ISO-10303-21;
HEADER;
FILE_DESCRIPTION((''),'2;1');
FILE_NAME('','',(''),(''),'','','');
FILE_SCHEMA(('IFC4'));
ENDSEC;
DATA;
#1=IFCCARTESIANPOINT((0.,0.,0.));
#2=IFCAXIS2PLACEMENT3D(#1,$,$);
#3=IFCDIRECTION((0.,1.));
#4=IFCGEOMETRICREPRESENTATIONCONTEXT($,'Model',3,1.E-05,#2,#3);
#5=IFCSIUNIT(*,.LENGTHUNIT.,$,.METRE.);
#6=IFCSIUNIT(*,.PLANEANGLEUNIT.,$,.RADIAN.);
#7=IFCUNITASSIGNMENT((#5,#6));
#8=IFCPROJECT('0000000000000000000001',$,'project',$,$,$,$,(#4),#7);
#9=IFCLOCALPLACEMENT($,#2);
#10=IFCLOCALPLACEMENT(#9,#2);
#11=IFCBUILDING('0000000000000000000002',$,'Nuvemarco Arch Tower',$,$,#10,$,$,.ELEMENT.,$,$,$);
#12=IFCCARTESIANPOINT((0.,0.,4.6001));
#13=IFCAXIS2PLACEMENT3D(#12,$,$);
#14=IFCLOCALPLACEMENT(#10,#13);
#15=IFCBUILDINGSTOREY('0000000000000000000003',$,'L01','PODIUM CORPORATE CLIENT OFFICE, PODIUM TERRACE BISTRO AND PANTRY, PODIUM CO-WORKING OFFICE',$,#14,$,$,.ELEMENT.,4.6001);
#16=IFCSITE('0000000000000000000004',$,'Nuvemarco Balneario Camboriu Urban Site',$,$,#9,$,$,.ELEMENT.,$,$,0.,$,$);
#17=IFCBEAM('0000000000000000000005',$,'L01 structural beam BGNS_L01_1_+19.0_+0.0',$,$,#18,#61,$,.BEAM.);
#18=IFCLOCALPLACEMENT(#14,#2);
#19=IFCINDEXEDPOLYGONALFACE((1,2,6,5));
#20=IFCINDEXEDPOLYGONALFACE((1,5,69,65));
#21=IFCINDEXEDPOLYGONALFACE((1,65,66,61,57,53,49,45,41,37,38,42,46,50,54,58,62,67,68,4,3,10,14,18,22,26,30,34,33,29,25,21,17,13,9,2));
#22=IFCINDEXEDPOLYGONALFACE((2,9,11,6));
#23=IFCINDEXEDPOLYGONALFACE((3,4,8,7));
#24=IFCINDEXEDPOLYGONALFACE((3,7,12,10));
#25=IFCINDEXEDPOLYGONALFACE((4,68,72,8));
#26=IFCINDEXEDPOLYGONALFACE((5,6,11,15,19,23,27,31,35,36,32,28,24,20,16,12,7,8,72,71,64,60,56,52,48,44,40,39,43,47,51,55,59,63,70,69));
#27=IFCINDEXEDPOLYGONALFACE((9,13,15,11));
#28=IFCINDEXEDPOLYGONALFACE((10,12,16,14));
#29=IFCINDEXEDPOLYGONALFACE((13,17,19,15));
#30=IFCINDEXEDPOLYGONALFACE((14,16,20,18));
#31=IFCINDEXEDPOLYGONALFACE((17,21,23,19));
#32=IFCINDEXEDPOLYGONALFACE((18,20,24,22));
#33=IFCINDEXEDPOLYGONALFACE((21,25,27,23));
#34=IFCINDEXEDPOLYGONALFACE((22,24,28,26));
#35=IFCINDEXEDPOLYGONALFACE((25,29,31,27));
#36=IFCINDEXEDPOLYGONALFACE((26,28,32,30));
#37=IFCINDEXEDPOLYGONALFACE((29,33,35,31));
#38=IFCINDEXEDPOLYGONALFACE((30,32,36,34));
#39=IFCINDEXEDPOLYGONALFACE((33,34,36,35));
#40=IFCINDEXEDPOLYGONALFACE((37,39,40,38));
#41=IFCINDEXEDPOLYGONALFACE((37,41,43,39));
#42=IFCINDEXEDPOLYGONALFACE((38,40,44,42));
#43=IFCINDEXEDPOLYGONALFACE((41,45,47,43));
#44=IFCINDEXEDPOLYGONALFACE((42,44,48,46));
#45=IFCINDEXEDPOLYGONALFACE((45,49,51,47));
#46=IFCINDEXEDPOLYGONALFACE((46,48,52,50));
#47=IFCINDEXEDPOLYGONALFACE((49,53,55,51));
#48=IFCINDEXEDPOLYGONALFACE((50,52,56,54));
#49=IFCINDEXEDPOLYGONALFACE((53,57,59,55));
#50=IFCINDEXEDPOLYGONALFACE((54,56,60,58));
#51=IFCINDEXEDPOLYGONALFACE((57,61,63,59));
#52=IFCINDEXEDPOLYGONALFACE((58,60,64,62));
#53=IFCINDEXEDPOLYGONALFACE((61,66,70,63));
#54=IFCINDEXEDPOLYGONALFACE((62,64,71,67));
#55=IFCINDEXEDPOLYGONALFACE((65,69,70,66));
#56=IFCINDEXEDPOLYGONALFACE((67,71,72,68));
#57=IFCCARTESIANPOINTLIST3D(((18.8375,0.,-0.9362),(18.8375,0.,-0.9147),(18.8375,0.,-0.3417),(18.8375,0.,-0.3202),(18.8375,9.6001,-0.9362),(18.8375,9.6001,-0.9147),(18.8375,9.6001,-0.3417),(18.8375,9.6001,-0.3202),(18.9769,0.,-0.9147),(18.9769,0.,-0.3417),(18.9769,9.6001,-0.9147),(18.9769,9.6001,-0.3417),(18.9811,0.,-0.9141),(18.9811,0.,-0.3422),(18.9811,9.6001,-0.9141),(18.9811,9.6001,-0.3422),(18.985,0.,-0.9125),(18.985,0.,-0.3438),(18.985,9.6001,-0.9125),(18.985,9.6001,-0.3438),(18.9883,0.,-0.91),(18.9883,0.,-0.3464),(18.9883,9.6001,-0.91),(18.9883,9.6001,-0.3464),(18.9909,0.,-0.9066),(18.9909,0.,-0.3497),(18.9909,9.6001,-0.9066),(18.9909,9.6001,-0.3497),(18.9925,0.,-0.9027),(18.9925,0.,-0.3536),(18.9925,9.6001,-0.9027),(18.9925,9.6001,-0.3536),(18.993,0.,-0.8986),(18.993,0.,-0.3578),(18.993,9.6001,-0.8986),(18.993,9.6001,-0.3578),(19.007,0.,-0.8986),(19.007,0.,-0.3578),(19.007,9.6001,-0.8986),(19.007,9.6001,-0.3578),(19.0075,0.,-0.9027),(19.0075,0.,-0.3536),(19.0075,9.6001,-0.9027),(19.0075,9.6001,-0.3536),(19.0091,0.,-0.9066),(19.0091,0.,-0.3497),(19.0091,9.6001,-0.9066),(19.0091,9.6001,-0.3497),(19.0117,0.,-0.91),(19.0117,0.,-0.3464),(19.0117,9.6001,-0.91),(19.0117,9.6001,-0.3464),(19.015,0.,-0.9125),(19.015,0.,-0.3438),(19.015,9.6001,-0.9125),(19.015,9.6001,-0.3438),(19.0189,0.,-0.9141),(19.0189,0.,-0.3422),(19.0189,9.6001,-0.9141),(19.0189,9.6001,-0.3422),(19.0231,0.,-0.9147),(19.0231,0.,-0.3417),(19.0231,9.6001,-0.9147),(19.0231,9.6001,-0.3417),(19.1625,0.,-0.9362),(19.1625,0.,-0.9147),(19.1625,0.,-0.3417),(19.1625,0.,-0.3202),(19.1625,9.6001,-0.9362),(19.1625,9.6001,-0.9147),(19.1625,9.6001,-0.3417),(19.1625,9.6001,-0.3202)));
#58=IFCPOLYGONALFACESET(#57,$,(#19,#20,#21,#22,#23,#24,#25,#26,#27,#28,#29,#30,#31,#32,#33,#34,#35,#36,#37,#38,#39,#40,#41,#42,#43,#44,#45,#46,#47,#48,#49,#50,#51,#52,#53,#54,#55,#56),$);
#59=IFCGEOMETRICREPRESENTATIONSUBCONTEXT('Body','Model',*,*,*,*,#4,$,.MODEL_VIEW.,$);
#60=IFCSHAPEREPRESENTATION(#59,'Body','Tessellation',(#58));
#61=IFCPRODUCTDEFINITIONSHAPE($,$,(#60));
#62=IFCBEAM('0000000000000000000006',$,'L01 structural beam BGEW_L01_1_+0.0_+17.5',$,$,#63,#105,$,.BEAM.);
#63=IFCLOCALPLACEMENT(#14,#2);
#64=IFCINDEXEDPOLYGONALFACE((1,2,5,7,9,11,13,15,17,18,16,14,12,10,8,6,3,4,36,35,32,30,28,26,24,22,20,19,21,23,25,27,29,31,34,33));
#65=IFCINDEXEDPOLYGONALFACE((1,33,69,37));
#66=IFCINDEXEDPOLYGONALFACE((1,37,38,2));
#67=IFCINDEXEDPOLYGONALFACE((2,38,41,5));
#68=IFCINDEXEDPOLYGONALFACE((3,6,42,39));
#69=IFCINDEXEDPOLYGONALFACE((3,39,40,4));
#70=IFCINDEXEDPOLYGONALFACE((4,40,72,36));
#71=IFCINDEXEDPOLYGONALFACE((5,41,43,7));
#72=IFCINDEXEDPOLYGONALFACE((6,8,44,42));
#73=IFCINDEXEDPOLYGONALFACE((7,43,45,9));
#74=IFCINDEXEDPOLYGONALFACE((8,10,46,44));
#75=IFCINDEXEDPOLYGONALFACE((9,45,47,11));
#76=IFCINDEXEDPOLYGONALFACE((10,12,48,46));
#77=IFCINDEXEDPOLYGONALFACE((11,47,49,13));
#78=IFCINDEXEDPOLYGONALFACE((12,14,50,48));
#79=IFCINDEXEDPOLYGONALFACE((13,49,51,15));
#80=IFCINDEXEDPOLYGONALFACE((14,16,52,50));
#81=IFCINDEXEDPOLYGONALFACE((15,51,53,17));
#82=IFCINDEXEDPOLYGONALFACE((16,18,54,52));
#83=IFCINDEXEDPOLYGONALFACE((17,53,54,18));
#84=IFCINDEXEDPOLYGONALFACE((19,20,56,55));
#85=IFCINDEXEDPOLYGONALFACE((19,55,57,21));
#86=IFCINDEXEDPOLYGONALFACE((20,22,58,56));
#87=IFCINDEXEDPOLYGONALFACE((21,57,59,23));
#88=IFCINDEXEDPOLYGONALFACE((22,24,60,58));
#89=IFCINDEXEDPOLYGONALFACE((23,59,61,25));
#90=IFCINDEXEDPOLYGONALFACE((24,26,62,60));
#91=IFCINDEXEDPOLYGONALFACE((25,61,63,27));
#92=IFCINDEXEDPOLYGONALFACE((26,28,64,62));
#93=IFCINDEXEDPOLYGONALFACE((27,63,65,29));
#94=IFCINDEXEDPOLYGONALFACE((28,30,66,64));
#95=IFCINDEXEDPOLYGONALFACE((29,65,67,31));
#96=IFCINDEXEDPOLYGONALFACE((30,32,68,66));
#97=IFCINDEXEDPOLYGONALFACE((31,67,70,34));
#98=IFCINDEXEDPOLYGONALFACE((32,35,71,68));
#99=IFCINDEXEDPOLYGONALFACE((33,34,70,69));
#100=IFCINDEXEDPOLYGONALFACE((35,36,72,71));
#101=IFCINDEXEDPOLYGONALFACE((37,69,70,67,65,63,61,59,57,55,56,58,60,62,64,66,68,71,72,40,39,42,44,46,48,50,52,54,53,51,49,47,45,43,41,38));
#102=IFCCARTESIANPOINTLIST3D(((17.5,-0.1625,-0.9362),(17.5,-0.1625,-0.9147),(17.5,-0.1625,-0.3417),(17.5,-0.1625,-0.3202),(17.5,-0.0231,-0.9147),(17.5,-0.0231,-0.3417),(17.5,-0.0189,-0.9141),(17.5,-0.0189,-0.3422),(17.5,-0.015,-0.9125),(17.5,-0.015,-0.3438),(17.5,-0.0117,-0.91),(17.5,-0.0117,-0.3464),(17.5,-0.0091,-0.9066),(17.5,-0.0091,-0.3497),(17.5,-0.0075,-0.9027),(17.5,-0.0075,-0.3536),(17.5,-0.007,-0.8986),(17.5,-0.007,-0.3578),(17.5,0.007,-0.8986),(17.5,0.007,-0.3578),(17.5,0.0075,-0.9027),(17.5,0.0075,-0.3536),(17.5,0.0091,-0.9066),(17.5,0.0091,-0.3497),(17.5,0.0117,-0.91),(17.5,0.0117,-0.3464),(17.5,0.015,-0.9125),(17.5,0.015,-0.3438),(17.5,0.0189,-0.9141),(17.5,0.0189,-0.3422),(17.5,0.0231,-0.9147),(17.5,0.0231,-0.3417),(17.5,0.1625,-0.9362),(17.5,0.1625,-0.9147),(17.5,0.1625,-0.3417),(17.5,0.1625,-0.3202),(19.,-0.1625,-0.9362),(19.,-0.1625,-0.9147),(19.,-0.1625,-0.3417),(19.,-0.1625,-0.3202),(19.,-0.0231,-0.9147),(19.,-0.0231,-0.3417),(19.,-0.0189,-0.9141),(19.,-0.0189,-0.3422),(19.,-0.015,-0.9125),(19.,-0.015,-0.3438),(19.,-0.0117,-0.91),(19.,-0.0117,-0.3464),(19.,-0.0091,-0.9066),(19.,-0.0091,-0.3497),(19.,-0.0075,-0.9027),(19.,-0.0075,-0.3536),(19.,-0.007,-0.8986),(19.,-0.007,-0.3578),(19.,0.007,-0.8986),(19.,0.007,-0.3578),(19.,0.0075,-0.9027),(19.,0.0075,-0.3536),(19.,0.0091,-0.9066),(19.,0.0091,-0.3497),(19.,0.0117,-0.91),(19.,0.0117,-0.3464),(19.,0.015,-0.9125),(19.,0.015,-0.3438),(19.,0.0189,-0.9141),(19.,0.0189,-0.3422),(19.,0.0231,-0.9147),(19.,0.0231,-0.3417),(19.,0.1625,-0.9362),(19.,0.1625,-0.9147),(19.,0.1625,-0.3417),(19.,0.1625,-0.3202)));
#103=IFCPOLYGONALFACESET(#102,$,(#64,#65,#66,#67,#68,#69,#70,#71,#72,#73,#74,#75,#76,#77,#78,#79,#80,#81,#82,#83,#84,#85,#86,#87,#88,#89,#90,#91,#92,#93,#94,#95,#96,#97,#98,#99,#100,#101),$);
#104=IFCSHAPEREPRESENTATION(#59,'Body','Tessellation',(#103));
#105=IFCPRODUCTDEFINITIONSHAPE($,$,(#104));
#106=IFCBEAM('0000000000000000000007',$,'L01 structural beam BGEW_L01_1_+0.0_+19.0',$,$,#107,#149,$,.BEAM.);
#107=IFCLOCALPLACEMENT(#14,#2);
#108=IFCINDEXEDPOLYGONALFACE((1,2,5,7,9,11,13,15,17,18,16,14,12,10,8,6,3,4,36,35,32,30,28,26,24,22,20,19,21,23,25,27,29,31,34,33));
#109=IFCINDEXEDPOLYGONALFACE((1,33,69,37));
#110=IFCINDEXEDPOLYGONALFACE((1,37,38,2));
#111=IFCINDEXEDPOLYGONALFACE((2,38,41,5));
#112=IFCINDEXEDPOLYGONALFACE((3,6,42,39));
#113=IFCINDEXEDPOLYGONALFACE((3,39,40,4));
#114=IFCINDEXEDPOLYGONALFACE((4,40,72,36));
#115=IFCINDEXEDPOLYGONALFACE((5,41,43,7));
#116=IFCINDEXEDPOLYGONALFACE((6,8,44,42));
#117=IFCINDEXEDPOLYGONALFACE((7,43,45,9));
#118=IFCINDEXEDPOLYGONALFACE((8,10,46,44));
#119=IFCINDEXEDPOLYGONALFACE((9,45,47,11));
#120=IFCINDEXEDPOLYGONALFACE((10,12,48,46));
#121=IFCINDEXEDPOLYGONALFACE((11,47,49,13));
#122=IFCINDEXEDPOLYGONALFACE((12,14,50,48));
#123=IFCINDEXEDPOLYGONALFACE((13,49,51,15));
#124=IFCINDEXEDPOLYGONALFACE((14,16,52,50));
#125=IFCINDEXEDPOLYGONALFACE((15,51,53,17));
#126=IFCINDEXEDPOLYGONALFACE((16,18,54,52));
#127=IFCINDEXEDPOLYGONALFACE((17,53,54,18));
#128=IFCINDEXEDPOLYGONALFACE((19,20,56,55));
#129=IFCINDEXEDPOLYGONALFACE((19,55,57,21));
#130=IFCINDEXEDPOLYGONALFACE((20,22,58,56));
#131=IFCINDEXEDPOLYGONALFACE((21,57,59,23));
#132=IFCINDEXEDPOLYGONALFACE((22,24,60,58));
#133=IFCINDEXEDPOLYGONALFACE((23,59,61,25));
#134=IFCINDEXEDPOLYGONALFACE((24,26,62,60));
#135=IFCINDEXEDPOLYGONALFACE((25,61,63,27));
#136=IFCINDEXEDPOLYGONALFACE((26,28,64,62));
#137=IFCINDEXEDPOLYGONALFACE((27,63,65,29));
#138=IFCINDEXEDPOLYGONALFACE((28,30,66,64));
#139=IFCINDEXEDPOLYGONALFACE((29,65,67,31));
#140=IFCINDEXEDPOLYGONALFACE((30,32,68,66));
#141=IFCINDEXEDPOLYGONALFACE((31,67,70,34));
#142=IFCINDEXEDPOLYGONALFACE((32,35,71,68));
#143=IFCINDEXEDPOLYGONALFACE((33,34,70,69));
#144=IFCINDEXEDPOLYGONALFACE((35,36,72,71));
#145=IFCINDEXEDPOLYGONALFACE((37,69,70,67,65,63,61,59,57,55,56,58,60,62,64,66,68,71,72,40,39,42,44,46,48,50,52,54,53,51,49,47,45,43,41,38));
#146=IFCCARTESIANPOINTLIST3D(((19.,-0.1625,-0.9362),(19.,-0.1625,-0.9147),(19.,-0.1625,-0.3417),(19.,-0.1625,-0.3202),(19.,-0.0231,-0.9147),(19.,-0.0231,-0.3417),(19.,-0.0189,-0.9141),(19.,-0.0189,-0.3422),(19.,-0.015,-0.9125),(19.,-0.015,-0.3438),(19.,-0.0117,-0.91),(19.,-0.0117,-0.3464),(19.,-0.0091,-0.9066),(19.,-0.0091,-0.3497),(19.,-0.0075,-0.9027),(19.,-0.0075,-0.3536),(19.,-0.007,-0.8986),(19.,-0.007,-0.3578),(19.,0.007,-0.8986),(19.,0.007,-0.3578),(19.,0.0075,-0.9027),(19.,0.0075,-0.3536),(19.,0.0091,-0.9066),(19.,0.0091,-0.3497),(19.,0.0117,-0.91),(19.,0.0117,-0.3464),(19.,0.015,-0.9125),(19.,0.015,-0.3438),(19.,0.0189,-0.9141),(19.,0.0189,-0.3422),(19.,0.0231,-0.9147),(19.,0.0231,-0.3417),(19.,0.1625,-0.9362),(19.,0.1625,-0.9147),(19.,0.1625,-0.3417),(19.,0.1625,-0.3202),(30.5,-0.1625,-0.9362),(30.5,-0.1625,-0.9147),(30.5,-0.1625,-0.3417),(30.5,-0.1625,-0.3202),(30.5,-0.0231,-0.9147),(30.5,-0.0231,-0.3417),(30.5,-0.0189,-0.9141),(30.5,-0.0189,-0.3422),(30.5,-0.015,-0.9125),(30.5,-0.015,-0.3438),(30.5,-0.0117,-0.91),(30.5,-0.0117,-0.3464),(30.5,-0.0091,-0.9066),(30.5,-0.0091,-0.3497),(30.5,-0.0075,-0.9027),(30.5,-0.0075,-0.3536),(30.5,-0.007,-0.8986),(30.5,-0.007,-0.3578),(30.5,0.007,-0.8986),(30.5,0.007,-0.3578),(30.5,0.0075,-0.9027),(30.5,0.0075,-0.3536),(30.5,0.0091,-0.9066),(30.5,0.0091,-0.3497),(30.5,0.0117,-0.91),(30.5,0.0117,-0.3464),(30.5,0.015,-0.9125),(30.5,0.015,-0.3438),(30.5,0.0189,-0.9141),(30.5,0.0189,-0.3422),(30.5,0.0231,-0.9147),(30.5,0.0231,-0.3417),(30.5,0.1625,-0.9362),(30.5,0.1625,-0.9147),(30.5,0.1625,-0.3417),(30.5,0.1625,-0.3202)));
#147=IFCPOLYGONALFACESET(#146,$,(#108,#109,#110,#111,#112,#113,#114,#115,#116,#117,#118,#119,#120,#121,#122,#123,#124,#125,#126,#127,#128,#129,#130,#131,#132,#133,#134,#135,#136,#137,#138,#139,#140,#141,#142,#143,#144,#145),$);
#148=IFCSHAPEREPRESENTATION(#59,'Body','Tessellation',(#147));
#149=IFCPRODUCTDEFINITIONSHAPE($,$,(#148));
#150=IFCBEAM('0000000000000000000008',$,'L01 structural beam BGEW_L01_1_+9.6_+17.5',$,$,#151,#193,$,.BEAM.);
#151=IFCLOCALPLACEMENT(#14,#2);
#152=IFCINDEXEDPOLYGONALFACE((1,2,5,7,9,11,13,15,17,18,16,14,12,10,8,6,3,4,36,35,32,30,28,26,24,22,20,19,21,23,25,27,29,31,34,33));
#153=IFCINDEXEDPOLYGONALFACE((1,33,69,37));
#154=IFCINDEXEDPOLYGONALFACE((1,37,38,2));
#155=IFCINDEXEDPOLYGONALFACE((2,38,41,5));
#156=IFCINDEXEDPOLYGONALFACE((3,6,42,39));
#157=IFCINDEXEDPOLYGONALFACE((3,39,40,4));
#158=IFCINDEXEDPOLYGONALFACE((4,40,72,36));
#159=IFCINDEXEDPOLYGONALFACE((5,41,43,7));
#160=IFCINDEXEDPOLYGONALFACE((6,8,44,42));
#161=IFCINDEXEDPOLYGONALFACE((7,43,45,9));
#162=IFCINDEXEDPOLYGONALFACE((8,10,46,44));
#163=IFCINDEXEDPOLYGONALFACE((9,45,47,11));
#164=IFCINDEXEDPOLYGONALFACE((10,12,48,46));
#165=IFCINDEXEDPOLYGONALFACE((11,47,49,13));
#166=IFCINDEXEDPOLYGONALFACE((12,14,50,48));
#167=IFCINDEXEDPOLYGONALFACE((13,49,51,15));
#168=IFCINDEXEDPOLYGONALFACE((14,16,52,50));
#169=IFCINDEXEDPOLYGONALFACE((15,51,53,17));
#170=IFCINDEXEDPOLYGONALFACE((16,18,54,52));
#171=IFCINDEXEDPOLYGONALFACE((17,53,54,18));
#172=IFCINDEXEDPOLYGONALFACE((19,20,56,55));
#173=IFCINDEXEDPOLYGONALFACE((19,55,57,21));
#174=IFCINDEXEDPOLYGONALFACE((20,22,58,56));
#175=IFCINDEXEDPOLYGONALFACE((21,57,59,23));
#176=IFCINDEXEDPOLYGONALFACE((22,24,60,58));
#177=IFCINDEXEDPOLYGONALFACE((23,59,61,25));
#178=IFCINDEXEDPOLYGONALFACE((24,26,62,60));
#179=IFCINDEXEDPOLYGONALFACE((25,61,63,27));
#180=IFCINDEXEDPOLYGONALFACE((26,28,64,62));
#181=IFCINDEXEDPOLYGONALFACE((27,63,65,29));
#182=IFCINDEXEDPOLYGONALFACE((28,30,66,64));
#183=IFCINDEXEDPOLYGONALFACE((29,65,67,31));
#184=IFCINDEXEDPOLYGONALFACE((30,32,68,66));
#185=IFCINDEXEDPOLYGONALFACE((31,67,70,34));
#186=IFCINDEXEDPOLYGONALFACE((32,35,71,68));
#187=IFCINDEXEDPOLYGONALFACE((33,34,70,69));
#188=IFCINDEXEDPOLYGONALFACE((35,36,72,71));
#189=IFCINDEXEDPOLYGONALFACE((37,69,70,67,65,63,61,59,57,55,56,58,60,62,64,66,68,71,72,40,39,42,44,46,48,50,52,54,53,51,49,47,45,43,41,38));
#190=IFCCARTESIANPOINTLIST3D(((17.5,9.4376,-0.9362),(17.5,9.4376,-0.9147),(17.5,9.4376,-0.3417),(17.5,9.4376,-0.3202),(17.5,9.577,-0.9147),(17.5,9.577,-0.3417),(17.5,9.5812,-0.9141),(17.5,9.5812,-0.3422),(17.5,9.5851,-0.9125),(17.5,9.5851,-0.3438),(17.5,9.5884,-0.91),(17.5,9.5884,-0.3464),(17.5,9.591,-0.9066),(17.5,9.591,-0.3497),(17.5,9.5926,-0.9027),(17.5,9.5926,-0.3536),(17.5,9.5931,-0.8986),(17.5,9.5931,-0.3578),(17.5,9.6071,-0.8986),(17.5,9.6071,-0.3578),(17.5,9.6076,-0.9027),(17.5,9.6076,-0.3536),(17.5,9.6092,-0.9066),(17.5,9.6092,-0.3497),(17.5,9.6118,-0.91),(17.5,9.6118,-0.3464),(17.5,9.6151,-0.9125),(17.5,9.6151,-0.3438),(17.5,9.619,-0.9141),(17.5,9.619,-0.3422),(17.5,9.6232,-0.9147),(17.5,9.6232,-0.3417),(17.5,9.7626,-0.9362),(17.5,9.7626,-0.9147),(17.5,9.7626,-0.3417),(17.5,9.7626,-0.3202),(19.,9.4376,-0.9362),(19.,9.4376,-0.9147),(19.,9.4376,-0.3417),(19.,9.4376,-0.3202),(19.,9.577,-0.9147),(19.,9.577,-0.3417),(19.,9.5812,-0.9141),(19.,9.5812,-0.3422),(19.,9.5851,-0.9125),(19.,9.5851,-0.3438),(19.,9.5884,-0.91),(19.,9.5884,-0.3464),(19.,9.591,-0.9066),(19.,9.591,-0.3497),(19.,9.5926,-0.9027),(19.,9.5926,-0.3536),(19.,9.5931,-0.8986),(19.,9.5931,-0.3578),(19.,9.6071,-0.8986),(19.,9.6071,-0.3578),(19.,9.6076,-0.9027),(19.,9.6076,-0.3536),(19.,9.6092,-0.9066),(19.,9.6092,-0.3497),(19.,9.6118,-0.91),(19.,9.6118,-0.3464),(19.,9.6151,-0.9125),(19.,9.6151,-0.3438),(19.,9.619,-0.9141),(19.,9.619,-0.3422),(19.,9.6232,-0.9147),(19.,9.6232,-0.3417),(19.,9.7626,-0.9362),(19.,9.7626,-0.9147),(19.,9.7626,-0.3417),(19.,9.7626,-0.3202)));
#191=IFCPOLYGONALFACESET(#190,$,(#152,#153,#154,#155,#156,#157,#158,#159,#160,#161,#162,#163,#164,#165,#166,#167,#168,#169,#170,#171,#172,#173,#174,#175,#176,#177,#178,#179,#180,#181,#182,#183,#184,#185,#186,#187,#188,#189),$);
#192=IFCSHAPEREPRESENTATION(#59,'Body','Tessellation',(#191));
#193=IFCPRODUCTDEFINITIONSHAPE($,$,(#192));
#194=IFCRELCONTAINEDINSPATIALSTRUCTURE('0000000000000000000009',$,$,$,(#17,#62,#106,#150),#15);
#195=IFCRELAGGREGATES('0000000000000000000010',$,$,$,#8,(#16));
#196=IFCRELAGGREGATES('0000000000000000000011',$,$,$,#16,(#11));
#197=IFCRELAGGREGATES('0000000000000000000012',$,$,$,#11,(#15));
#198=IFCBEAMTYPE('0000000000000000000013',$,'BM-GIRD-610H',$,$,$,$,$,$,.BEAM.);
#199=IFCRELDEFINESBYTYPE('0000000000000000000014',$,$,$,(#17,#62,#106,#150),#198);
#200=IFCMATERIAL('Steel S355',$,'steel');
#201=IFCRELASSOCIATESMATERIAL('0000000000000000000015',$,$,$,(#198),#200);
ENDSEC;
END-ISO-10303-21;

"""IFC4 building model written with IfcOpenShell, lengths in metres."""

from ifc_helpers import new_model, si_unit, direction, frame, origin, origin_2d, place, context, subcontext, project, spatial, i_section, extrude, material, material_profile, profile_set, type_object, element, save


model = new_model("IFC4")

# Units and contexts
model_context = context("Model", 3, precision=1e-05, world=origin(), true_north=direction((0.0, 1.0)))
body_context = subcontext(model_context, "Body", "Model", "MODEL_VIEW")
ifc_project = project(units=[si_unit("LENGTHUNIT", "METRE"), si_unit("PLANEANGLEUNIT", "RADIAN")], contexts=[model_context])

# Site, building, storey
site_placement = place(None, origin())
site = spatial("IfcSite", under=ifc_project, at=site_placement, Name="Nuvemarco Balneario Camboriu Urban Site", CompositionType="ELEMENT", RefElevation=0.0)
building_placement = place(site_placement, origin())
building = spatial("IfcBuilding", under=site, at=building_placement, Name="Nuvemarco Arch Tower", CompositionType="ELEMENT")
storey_placement = place(building_placement, frame((0.0, 0.0, 4.6001)))
storey = spatial("IfcBuildingStorey", under=building, at=storey_placement, Name="L01", Description="PODIUM CORPORATE CLIENT OFFICE, PODIUM TERRACE BISTRO AND PANTRY, PODIUM CO-WORKING OFFICE", CompositionType="ELEMENT", Elevation=4.6001)

# Beams
ifc_material_1 = material(Name="Steel S355", Category="steel")
ifc_material_profile_1 = material_profile(ifc_material_1, i_section(OverallWidth=0.325, OverallDepth=0.616, WebThickness=0.0139, FlangeThickness=0.0215, FilletRadius=0.0161, at=origin_2d()), Name="W610x174")
ifc_profile_set_1 = profile_set([ifc_material_profile_1], Name="Steel S355")
beam_type_1 = type_object("IfcBeamType", Name="BM-GIRD-610H", PredefinedType="BEAM", material=ifc_profile_set_1)
beam_1_placement = place(storey_placement, frame((19.0, 0.0, -0.6282), z_axis=(0.0, 1.0, 0.0), x_axis=(-1.0, 0.0, 0.0)))
element("IfcBeam", 1, at=beam_1_placement, inside=storey, type_object=beam_type_1, Name="L01 structural beam BGNS_L01_1_+19.0_+0.0", PredefinedType="BEAM", context=body_context, shape_type="SweptSolid", body=[
    extrude(i_section(OverallWidth=0.325, OverallDepth=0.616, WebThickness=0.0139, FlangeThickness=0.0215, FilletRadius=0.0161, at=origin_2d()), origin(), (0.0, 0.0, 1.0), 9.6001),
])
beam_2_placement = place(storey_placement, frame((17.5, 0.0, -0.6282), z_axis=(1.0, 0.0, 0.0), x_axis=(0.0, 1.0, 0.0)))
element("IfcBeam", 2, at=beam_2_placement, inside=storey, type_object=beam_type_1, Name="L01 structural beam BGEW_L01_1_+0.0_+17.5", PredefinedType="BEAM", context=body_context, shape_type="SweptSolid", body=[
    extrude(i_section(OverallWidth=0.325, OverallDepth=0.616, WebThickness=0.0139, FlangeThickness=0.0215, FilletRadius=0.0161, at=origin_2d()), origin(), (0.0, 0.0, 1.0), 1.5),
])
beam_3_placement = place(storey_placement, frame((19.0, 0.0, -0.6282), z_axis=(1.0, 0.0, 0.0), x_axis=(0.0, 1.0, 0.0)))
element("IfcBeam", 3, at=beam_3_placement, inside=storey, type_object=beam_type_1, Name="L01 structural beam BGEW_L01_1_+0.0_+19.0", PredefinedType="BEAM", context=body_context, shape_type="SweptSolid", body=[
    extrude(i_section(OverallWidth=0.325, OverallDepth=0.616, WebThickness=0.0139, FlangeThickness=0.0215, FilletRadius=0.0161, at=origin_2d()), origin(), (0.0, 0.0, 1.0), 11.5),
])
beam_4_placement = place(storey_placement, frame((17.5, 9.6001, -0.6282), z_axis=(1.0, 0.0, 0.0), x_axis=(0.0, 1.0, 0.0)))
element("IfcBeam", 4, at=beam_4_placement, inside=storey, type_object=beam_type_1, Name="L01 structural beam BGEW_L01_1_+9.6_+17.5", PredefinedType="BEAM", context=body_context, shape_type="SweptSolid", body=[
    extrude(i_section(OverallWidth=0.325, OverallDepth=0.616, WebThickness=0.0139, FlangeThickness=0.0215, FilletRadius=0.0161, at=origin_2d()), origin(), (0.0, 0.0, 1.0), 1.5),
])

save(model, "model.ifc")
